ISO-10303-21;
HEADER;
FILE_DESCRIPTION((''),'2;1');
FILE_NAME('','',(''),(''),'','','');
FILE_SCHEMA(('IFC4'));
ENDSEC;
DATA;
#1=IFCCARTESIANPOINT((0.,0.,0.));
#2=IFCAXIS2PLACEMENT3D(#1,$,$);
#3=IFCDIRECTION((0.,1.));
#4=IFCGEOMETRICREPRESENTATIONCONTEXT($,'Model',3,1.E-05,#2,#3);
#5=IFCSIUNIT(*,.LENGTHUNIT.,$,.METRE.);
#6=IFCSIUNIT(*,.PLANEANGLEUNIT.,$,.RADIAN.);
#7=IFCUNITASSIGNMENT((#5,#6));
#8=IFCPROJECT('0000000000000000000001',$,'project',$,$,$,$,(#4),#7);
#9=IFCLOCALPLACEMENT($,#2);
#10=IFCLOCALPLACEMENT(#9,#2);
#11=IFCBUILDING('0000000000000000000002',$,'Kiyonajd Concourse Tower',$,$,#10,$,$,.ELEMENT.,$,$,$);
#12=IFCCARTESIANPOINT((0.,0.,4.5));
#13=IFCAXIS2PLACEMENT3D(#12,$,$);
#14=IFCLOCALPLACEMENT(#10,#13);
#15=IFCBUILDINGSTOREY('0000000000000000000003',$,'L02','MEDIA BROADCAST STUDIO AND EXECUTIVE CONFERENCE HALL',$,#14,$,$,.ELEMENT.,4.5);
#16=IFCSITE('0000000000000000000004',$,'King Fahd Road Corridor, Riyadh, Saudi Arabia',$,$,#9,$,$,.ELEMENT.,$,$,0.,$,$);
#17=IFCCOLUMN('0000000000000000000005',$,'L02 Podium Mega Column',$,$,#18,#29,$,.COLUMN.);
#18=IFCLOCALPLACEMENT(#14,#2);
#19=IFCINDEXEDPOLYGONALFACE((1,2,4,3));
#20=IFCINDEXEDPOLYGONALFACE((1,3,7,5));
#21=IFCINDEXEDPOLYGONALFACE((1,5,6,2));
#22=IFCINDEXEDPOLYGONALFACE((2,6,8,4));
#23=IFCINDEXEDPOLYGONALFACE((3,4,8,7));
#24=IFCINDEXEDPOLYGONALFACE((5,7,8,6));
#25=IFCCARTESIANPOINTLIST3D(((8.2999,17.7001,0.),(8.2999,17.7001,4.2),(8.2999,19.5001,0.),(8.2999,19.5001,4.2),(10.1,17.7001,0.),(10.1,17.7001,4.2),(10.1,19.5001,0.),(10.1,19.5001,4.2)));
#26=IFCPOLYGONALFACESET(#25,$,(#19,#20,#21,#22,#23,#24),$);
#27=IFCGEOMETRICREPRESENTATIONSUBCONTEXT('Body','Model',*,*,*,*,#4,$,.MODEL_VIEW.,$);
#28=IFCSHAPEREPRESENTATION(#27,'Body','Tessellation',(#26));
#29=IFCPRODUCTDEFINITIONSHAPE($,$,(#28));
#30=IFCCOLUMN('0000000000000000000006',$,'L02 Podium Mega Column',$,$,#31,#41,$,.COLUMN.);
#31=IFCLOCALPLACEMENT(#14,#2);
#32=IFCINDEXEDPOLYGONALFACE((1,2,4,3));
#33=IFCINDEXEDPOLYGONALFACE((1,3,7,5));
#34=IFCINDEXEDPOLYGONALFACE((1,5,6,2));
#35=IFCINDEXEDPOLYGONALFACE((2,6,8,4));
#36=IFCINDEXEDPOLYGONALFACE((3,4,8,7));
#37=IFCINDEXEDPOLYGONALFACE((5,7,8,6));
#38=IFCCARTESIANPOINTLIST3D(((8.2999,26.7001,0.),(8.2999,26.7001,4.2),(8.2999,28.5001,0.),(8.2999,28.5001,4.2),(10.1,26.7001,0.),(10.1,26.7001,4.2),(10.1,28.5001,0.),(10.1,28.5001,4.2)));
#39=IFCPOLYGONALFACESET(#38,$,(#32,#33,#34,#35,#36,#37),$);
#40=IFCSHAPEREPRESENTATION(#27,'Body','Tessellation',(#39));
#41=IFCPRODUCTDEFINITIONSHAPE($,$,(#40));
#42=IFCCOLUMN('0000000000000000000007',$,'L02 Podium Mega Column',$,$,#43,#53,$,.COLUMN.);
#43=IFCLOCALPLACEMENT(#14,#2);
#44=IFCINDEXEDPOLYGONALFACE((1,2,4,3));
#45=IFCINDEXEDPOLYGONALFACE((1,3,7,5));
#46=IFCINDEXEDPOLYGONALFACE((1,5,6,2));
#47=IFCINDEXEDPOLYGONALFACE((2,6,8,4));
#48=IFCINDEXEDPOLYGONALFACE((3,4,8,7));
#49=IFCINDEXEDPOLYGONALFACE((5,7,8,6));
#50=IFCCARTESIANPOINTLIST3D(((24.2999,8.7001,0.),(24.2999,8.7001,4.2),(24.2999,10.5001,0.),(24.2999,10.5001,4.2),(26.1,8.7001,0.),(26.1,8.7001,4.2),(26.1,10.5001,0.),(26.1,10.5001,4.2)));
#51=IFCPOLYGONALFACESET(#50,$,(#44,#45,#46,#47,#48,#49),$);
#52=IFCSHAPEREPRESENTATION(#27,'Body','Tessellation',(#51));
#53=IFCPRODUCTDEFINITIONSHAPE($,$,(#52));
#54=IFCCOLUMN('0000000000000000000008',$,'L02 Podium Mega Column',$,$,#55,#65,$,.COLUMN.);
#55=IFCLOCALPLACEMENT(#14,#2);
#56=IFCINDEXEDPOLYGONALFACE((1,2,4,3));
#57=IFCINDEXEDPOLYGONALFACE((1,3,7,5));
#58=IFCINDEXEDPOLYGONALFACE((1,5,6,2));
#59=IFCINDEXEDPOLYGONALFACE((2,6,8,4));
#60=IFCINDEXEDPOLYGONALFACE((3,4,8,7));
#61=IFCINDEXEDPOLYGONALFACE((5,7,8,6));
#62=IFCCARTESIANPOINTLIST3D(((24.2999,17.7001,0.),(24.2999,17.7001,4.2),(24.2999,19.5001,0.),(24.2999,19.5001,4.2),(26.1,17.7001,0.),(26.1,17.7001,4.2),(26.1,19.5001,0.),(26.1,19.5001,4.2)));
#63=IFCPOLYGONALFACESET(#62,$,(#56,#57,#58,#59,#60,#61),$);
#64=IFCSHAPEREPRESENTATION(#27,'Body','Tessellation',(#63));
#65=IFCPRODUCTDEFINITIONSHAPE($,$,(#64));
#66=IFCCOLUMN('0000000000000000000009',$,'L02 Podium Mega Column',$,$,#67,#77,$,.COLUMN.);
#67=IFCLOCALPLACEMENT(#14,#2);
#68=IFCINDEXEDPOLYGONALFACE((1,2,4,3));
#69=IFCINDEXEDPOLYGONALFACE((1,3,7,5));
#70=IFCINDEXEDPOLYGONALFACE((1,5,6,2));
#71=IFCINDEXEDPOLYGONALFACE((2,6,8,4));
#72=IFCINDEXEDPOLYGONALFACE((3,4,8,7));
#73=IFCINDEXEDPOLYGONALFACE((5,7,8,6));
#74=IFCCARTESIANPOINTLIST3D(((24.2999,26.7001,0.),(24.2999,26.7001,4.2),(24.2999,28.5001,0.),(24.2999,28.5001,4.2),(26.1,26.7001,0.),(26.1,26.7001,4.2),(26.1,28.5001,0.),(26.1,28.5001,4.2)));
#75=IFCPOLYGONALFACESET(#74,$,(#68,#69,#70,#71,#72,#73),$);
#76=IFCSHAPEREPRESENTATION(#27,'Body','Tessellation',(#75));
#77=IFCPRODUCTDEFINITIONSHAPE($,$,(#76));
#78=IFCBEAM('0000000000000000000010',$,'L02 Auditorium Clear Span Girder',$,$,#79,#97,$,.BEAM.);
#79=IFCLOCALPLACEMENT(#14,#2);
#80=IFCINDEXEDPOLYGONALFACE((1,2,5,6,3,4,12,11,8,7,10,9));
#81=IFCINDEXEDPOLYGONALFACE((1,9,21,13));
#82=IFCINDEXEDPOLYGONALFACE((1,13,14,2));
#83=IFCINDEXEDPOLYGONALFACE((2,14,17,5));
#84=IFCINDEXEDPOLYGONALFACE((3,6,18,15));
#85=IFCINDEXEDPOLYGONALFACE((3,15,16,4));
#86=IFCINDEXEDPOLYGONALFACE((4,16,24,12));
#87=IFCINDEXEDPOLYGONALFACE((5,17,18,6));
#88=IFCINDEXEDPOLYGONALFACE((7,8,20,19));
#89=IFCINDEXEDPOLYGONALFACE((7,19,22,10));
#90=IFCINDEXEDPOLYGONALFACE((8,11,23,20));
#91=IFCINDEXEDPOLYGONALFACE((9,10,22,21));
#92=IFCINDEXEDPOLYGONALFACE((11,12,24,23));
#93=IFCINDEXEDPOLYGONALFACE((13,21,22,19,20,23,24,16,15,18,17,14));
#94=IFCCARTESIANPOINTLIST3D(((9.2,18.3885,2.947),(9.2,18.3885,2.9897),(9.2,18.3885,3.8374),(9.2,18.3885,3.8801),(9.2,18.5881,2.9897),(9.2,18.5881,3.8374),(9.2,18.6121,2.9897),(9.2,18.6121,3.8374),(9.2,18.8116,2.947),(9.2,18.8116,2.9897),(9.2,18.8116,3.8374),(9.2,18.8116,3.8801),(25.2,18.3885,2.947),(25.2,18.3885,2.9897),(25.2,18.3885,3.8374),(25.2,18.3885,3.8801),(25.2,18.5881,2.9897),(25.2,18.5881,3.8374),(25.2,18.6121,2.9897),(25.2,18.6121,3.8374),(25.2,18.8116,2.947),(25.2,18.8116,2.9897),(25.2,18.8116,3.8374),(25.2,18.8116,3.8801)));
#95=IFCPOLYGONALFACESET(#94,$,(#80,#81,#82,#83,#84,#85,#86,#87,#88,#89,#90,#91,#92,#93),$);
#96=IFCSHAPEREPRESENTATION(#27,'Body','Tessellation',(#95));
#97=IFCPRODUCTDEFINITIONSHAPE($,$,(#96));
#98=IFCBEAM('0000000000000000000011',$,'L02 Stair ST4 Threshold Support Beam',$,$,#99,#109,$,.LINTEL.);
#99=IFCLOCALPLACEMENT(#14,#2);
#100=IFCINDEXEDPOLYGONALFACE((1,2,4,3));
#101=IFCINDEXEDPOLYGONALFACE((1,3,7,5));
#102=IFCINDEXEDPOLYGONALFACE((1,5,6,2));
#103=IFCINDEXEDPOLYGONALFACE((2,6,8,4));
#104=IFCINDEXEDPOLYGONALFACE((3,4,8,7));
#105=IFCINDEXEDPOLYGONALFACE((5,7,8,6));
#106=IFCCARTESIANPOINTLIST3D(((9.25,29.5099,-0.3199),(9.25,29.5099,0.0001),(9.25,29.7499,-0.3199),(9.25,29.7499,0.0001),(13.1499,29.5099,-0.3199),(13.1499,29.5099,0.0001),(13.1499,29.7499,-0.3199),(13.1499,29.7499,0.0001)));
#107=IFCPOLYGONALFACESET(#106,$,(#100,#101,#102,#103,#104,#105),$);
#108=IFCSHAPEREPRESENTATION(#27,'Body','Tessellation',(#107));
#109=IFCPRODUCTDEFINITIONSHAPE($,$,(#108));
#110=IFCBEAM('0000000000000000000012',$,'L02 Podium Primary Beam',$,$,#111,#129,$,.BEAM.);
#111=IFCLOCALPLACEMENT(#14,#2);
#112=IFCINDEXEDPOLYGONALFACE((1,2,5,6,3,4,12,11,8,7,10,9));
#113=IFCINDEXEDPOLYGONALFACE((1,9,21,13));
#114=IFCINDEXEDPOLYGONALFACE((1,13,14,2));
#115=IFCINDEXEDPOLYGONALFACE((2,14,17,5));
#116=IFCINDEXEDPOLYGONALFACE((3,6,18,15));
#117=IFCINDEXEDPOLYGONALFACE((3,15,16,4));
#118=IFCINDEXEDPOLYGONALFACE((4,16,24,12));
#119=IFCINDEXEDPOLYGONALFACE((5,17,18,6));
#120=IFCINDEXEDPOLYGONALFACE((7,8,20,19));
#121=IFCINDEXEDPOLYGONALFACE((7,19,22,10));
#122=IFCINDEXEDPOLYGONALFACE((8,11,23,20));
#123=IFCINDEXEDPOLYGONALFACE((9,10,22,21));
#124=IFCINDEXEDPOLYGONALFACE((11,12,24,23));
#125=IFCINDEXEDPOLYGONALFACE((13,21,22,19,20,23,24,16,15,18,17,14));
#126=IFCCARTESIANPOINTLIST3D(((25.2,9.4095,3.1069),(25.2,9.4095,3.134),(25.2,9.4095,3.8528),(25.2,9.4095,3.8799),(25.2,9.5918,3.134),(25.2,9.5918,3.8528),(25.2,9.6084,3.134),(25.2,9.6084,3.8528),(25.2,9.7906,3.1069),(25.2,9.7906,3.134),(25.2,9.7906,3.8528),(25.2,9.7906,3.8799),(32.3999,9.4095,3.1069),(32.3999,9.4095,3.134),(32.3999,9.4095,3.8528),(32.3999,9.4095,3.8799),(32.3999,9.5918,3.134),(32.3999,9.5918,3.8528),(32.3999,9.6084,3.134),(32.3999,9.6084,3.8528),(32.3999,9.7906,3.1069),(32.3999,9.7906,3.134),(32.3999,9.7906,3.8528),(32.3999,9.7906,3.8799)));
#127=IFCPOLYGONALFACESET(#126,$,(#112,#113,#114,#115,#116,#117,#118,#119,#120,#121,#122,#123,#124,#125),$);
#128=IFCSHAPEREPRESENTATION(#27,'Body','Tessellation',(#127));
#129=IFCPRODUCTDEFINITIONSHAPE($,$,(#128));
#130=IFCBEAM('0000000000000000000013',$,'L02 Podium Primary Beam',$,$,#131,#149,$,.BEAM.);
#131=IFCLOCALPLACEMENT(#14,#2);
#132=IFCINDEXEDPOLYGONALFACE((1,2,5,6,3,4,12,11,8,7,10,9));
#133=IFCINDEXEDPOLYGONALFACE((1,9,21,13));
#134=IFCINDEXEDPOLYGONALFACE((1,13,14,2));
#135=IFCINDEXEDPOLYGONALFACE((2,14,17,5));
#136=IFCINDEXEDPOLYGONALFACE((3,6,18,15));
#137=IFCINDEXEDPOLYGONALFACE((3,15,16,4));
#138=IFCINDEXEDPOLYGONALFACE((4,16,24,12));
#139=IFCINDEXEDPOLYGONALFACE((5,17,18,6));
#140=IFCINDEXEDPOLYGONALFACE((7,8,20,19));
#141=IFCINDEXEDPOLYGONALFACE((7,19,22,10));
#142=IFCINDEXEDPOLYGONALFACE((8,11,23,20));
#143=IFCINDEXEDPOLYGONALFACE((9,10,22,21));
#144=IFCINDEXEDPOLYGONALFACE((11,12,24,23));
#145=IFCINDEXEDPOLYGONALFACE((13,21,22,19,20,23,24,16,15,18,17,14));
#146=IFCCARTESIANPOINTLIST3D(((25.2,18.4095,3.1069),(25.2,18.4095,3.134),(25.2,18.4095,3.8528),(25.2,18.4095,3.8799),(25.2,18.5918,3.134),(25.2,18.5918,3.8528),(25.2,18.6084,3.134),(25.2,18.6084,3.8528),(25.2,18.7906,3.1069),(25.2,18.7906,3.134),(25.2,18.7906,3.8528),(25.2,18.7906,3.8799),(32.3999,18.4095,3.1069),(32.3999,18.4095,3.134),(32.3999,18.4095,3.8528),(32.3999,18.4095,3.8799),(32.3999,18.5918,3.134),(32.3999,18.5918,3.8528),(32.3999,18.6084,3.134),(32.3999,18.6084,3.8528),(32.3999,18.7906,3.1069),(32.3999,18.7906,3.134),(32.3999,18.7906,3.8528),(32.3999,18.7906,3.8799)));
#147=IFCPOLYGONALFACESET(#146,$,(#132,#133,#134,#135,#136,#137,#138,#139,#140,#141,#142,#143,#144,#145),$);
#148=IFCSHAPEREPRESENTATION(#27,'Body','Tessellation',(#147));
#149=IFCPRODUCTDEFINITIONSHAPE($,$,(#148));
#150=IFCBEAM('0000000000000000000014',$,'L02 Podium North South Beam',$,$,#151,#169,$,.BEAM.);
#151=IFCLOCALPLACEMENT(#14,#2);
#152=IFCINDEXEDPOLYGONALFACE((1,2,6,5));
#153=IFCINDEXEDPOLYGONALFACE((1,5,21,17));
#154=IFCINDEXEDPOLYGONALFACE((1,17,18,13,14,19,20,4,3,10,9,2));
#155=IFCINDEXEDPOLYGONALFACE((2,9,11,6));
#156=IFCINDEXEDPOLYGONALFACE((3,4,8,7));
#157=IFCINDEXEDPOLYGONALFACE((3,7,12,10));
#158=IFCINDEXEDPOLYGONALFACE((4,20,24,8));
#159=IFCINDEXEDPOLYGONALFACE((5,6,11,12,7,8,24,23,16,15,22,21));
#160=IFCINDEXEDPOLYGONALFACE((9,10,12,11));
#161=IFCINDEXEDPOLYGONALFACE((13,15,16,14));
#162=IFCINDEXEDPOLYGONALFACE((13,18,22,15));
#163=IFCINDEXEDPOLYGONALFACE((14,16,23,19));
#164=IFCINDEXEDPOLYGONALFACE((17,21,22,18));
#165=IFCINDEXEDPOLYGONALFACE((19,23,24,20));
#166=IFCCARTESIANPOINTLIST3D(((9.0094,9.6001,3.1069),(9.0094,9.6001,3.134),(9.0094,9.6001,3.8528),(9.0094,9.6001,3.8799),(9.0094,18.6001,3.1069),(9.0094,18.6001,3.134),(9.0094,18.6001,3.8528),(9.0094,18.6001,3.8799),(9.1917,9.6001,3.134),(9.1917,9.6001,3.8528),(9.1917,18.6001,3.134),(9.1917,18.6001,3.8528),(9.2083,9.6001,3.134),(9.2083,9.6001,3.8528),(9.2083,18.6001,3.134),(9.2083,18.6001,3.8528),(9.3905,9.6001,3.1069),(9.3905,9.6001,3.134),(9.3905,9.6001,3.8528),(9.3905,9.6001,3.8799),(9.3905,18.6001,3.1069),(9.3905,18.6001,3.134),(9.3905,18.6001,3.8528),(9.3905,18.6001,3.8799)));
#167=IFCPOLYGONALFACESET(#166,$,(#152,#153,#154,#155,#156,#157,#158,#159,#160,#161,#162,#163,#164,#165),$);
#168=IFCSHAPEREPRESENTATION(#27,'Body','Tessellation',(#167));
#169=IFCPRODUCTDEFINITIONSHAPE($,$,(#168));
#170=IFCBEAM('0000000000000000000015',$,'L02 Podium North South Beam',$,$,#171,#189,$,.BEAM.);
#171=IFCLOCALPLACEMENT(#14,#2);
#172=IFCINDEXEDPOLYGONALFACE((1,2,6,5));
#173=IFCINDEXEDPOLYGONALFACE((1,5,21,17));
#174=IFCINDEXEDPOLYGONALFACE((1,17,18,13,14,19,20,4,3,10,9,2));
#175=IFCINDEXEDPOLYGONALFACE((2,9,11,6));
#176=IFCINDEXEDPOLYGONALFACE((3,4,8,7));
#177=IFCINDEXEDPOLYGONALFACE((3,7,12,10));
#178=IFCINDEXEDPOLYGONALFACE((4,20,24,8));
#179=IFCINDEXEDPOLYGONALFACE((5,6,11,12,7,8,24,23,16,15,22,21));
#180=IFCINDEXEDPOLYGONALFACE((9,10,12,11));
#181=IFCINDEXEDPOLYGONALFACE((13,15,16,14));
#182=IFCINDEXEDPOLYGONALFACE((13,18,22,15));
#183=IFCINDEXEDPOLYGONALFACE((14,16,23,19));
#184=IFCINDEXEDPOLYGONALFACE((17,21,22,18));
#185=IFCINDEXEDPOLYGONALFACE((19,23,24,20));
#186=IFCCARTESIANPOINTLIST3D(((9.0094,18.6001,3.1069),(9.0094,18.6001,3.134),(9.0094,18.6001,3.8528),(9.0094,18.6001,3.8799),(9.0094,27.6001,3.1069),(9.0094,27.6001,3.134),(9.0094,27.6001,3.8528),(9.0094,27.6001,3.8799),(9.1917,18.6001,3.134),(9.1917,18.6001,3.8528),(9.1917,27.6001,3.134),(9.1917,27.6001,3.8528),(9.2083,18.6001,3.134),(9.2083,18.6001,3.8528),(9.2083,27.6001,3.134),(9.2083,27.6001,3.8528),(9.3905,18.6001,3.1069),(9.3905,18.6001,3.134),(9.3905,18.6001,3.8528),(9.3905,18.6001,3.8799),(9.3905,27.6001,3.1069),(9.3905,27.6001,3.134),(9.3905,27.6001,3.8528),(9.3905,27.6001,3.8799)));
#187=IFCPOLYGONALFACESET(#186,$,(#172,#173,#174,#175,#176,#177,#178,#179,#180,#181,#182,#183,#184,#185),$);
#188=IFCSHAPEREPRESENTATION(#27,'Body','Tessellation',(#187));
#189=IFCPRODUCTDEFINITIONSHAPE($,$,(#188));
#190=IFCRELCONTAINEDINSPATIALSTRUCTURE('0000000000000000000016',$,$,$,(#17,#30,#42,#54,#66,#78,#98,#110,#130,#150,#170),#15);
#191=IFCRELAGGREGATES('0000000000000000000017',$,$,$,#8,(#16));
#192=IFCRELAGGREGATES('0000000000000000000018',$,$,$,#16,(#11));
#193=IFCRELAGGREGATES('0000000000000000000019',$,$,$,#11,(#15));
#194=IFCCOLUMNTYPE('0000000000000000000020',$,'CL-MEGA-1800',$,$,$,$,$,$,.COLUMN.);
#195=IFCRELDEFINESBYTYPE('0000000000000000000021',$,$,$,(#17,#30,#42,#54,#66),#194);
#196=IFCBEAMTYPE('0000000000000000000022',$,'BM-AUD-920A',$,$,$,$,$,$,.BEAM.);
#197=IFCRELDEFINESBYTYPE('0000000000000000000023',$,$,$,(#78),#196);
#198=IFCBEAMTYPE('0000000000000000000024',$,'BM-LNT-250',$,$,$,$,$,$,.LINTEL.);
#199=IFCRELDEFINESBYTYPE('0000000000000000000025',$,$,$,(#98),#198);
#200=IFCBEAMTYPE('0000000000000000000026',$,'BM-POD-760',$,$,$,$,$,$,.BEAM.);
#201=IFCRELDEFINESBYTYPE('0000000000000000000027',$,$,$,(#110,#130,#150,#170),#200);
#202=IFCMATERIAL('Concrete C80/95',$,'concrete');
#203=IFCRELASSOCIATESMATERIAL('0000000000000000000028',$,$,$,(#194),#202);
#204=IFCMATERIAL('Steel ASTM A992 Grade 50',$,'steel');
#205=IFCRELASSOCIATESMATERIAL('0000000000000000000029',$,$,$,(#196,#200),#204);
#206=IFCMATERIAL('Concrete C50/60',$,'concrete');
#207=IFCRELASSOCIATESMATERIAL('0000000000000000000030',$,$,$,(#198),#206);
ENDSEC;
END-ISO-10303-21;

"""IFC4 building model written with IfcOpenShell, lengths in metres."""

from ifc_helpers import new_model, si_unit, direction, frame, origin, origin_2d, place, context, subcontext, project, spatial, rectangle, i_section, extrude, material, material_profile, profile_set, type_object, element, save


model = new_model("IFC4")

# Units and contexts
model_context = context("Model", 3, precision=1e-05, world=origin(), true_north=direction((0.0, 1.0)))
body_context = subcontext(model_context, "Body", "Model", "MODEL_VIEW")
ifc_project = project(units=[si_unit("LENGTHUNIT", "METRE"), si_unit("PLANEANGLEUNIT", "RADIAN")], contexts=[model_context])

# Site, building, storey
site_placement = place(None, origin())
site = spatial("IfcSite", under=ifc_project, at=site_placement, Name="King Fahd Road Corridor, Riyadh, Saudi Arabia", CompositionType="ELEMENT", RefElevation=0.0)
building_placement = place(site_placement, origin())
building = spatial("IfcBuilding", under=site, at=building_placement, Name="Kiyonajd Concourse Tower", CompositionType="ELEMENT")
storey_placement = place(building_placement, frame((0.0, 0.0, 4.5)))
storey = spatial("IfcBuildingStorey", under=building, at=storey_placement, Name="L02", Description="MEDIA BROADCAST STUDIO AND EXECUTIVE CONFERENCE HALL", CompositionType="ELEMENT", Elevation=4.5)

# Columns
ifc_material_1 = material(Name="Concrete C80/95", Category="concrete")
ifc_material_profile_1 = material_profile(ifc_material_1, rectangle(XDim=1.8, YDim=1.8, at=origin_2d()), Name="RC-1800x1800")
ifc_profile_set_1 = profile_set([ifc_material_profile_1], Name="Concrete C80/95")
column_type = type_object("IfcColumnType", Name="CL-MEGA-1800", PredefinedType="COLUMN", material=ifc_profile_set_1)
for number, where, z_axis, x_axis, name in (
    (1, (9.2, 18.6001, 0.0), (0.0, 0.0, 1.0), (1.0, 0.0, 0.0), "L02 Podium Mega Column"),
    (2, (9.2, 27.6001, 0.0), (0.0, 0.0, 1.0), (1.0, 0.0, 0.0), "L02 Podium Mega Column"),
    (3, (25.2, 9.6001, 0.0), (0.0, 0.0, 1.0), (1.0, 0.0, 0.0), "L02 Podium Mega Column"),
    (4, (25.2, 18.6001, 0.0), (0.0, 0.0, 1.0), (1.0, 0.0, 0.0), "L02 Podium Mega Column"),
    (5, (25.2, 27.6001, 0.0), (0.0, 0.0, 1.0), (1.0, 0.0, 0.0), "L02 Podium Mega Column"),
):
    element("IfcColumn", number, at=place(storey_placement, frame(where, z_axis=z_axis, x_axis=x_axis)), inside=storey, type_object=column_type, Name=name, PredefinedType="COLUMN", context=body_context, shape_type="SweptSolid", body=[
        extrude(rectangle(XDim=1.8, YDim=1.8, at=origin_2d()), origin(), (0.0, 0.0, 1.0), 4.2),
    ])

# Beams
ifc_material_2 = material(Name="Steel ASTM A992 Grade 50", Category="steel")
ifc_material_profile_2 = material_profile(ifc_material_2, i_section(OverallWidth=0.4231, OverallDepth=0.9331, WebThickness=0.0239, FlangeThickness=0.0427, at=origin_2d()), Name="W920X446")
ifc_profile_set_2 = profile_set([ifc_material_profile_2], Name="Steel ASTM A992 Grade 50")
beam_type_1 = type_object("IfcBeamType", Name="BM-AUD-920A", PredefinedType="BEAM", material=ifc_profile_set_2)
beam_1_placement = place(storey_placement, frame((9.2, 18.6001, 3.4136), z_axis=(1.0, 0.0, 0.0), x_axis=(0.0, 1.0, 0.0)))
element("IfcBeam", 6, at=beam_1_placement, inside=storey, type_object=beam_type_1, Name="L02 Auditorium Clear Span Girder", PredefinedType="BEAM", context=body_context, shape_type="SweptSolid", body=[
    extrude(i_section(OverallWidth=0.4231, OverallDepth=0.9331, WebThickness=0.0239, FlangeThickness=0.0427, at=origin_2d()), origin(), (0.0, 0.0, 1.0), 16.0),
])
ifc_material_3 = material(Name="Concrete C50/60", Category="concrete")
ifc_material_profile_3 = material_profile(ifc_material_3, rectangle(XDim=0.24, YDim=0.3201, at=origin_2d()), Name="RCBM-240x320")
ifc_profile_set_3 = profile_set([ifc_material_profile_3], Name="Concrete C50/60")
beam_type_2 = type_object("IfcBeamType", Name="BM-LNT-250", PredefinedType="LINTEL", material=ifc_profile_set_3)
beam_2_placement = place(storey_placement, frame((9.25, 29.6299, -0.1599), z_axis=(1.0, 0.0, 0.0), x_axis=(0.0, 1.0, 0.0)))
element("IfcBeam", 7, at=beam_2_placement, inside=storey, type_object=beam_type_2, Name="L02 Stair ST4 Threshold Support Beam", PredefinedType="LINTEL", context=body_context, shape_type="SweptSolid", body=[
    extrude(rectangle(XDim=0.24, YDim=0.3201, at=origin_2d()), origin(), (0.0, 0.0, 1.0), 3.8999),
])
ifc_material_profile_4 = material_profile(ifc_material_2, i_section(OverallWidth=0.3811, OverallDepth=0.7729, WebThickness=0.0166, FlangeThickness=0.0271, at=origin_2d()), Name="W760X257")
ifc_profile_set_4 = profile_set([ifc_material_profile_4], Name="Steel ASTM A992 Grade 50")
beam_type_3 = type_object("IfcBeamType", Name="BM-POD-760", PredefinedType="BEAM", material=ifc_profile_set_4)
for number, where, z_axis, x_axis, name in (
    (8, (25.2, 9.6001, 3.4934), (1.0, 0.0, 0.0), (0.0, 1.0, 0.0), "L02 Podium Primary Beam"),
    (9, (25.2, 18.6001, 3.4934), (1.0, 0.0, 0.0), (0.0, 1.0, 0.0), "L02 Podium Primary Beam"),
):
    element("IfcBeam", number, at=place(storey_placement, frame(where, z_axis=z_axis, x_axis=x_axis)), inside=storey, type_object=beam_type_3, Name=name, PredefinedType="BEAM", context=body_context, shape_type="SweptSolid", body=[
        extrude(i_section(OverallWidth=0.3811, OverallDepth=0.7729, WebThickness=0.0166, FlangeThickness=0.0271, at=origin_2d()), origin(), (0.0, 0.0, 1.0), 7.2),
    ])
for number, where, z_axis, x_axis, name in (
    (10, (9.2, 9.6001, 3.4934), (0.0, 1.0, 0.0), (-1.0, 0.0, 0.0), "L02 Podium North South Beam"),
    (11, (9.2, 18.6001, 3.4934), (0.0, 1.0, 0.0), (-1.0, 0.0, 0.0), "L02 Podium North South Beam"),
):
    element("IfcBeam", number, at=place(storey_placement, frame(where, z_axis=z_axis, x_axis=x_axis)), inside=storey, type_object=beam_type_3, Name=name, PredefinedType="BEAM", context=body_context, shape_type="SweptSolid", body=[
        extrude(i_section(OverallWidth=0.3811, OverallDepth=0.7729, WebThickness=0.0166, FlangeThickness=0.0271, at=origin_2d()), origin(), (0.0, 0.0, 1.0), 9.0),
    ])

save(model, "model.ifc")
